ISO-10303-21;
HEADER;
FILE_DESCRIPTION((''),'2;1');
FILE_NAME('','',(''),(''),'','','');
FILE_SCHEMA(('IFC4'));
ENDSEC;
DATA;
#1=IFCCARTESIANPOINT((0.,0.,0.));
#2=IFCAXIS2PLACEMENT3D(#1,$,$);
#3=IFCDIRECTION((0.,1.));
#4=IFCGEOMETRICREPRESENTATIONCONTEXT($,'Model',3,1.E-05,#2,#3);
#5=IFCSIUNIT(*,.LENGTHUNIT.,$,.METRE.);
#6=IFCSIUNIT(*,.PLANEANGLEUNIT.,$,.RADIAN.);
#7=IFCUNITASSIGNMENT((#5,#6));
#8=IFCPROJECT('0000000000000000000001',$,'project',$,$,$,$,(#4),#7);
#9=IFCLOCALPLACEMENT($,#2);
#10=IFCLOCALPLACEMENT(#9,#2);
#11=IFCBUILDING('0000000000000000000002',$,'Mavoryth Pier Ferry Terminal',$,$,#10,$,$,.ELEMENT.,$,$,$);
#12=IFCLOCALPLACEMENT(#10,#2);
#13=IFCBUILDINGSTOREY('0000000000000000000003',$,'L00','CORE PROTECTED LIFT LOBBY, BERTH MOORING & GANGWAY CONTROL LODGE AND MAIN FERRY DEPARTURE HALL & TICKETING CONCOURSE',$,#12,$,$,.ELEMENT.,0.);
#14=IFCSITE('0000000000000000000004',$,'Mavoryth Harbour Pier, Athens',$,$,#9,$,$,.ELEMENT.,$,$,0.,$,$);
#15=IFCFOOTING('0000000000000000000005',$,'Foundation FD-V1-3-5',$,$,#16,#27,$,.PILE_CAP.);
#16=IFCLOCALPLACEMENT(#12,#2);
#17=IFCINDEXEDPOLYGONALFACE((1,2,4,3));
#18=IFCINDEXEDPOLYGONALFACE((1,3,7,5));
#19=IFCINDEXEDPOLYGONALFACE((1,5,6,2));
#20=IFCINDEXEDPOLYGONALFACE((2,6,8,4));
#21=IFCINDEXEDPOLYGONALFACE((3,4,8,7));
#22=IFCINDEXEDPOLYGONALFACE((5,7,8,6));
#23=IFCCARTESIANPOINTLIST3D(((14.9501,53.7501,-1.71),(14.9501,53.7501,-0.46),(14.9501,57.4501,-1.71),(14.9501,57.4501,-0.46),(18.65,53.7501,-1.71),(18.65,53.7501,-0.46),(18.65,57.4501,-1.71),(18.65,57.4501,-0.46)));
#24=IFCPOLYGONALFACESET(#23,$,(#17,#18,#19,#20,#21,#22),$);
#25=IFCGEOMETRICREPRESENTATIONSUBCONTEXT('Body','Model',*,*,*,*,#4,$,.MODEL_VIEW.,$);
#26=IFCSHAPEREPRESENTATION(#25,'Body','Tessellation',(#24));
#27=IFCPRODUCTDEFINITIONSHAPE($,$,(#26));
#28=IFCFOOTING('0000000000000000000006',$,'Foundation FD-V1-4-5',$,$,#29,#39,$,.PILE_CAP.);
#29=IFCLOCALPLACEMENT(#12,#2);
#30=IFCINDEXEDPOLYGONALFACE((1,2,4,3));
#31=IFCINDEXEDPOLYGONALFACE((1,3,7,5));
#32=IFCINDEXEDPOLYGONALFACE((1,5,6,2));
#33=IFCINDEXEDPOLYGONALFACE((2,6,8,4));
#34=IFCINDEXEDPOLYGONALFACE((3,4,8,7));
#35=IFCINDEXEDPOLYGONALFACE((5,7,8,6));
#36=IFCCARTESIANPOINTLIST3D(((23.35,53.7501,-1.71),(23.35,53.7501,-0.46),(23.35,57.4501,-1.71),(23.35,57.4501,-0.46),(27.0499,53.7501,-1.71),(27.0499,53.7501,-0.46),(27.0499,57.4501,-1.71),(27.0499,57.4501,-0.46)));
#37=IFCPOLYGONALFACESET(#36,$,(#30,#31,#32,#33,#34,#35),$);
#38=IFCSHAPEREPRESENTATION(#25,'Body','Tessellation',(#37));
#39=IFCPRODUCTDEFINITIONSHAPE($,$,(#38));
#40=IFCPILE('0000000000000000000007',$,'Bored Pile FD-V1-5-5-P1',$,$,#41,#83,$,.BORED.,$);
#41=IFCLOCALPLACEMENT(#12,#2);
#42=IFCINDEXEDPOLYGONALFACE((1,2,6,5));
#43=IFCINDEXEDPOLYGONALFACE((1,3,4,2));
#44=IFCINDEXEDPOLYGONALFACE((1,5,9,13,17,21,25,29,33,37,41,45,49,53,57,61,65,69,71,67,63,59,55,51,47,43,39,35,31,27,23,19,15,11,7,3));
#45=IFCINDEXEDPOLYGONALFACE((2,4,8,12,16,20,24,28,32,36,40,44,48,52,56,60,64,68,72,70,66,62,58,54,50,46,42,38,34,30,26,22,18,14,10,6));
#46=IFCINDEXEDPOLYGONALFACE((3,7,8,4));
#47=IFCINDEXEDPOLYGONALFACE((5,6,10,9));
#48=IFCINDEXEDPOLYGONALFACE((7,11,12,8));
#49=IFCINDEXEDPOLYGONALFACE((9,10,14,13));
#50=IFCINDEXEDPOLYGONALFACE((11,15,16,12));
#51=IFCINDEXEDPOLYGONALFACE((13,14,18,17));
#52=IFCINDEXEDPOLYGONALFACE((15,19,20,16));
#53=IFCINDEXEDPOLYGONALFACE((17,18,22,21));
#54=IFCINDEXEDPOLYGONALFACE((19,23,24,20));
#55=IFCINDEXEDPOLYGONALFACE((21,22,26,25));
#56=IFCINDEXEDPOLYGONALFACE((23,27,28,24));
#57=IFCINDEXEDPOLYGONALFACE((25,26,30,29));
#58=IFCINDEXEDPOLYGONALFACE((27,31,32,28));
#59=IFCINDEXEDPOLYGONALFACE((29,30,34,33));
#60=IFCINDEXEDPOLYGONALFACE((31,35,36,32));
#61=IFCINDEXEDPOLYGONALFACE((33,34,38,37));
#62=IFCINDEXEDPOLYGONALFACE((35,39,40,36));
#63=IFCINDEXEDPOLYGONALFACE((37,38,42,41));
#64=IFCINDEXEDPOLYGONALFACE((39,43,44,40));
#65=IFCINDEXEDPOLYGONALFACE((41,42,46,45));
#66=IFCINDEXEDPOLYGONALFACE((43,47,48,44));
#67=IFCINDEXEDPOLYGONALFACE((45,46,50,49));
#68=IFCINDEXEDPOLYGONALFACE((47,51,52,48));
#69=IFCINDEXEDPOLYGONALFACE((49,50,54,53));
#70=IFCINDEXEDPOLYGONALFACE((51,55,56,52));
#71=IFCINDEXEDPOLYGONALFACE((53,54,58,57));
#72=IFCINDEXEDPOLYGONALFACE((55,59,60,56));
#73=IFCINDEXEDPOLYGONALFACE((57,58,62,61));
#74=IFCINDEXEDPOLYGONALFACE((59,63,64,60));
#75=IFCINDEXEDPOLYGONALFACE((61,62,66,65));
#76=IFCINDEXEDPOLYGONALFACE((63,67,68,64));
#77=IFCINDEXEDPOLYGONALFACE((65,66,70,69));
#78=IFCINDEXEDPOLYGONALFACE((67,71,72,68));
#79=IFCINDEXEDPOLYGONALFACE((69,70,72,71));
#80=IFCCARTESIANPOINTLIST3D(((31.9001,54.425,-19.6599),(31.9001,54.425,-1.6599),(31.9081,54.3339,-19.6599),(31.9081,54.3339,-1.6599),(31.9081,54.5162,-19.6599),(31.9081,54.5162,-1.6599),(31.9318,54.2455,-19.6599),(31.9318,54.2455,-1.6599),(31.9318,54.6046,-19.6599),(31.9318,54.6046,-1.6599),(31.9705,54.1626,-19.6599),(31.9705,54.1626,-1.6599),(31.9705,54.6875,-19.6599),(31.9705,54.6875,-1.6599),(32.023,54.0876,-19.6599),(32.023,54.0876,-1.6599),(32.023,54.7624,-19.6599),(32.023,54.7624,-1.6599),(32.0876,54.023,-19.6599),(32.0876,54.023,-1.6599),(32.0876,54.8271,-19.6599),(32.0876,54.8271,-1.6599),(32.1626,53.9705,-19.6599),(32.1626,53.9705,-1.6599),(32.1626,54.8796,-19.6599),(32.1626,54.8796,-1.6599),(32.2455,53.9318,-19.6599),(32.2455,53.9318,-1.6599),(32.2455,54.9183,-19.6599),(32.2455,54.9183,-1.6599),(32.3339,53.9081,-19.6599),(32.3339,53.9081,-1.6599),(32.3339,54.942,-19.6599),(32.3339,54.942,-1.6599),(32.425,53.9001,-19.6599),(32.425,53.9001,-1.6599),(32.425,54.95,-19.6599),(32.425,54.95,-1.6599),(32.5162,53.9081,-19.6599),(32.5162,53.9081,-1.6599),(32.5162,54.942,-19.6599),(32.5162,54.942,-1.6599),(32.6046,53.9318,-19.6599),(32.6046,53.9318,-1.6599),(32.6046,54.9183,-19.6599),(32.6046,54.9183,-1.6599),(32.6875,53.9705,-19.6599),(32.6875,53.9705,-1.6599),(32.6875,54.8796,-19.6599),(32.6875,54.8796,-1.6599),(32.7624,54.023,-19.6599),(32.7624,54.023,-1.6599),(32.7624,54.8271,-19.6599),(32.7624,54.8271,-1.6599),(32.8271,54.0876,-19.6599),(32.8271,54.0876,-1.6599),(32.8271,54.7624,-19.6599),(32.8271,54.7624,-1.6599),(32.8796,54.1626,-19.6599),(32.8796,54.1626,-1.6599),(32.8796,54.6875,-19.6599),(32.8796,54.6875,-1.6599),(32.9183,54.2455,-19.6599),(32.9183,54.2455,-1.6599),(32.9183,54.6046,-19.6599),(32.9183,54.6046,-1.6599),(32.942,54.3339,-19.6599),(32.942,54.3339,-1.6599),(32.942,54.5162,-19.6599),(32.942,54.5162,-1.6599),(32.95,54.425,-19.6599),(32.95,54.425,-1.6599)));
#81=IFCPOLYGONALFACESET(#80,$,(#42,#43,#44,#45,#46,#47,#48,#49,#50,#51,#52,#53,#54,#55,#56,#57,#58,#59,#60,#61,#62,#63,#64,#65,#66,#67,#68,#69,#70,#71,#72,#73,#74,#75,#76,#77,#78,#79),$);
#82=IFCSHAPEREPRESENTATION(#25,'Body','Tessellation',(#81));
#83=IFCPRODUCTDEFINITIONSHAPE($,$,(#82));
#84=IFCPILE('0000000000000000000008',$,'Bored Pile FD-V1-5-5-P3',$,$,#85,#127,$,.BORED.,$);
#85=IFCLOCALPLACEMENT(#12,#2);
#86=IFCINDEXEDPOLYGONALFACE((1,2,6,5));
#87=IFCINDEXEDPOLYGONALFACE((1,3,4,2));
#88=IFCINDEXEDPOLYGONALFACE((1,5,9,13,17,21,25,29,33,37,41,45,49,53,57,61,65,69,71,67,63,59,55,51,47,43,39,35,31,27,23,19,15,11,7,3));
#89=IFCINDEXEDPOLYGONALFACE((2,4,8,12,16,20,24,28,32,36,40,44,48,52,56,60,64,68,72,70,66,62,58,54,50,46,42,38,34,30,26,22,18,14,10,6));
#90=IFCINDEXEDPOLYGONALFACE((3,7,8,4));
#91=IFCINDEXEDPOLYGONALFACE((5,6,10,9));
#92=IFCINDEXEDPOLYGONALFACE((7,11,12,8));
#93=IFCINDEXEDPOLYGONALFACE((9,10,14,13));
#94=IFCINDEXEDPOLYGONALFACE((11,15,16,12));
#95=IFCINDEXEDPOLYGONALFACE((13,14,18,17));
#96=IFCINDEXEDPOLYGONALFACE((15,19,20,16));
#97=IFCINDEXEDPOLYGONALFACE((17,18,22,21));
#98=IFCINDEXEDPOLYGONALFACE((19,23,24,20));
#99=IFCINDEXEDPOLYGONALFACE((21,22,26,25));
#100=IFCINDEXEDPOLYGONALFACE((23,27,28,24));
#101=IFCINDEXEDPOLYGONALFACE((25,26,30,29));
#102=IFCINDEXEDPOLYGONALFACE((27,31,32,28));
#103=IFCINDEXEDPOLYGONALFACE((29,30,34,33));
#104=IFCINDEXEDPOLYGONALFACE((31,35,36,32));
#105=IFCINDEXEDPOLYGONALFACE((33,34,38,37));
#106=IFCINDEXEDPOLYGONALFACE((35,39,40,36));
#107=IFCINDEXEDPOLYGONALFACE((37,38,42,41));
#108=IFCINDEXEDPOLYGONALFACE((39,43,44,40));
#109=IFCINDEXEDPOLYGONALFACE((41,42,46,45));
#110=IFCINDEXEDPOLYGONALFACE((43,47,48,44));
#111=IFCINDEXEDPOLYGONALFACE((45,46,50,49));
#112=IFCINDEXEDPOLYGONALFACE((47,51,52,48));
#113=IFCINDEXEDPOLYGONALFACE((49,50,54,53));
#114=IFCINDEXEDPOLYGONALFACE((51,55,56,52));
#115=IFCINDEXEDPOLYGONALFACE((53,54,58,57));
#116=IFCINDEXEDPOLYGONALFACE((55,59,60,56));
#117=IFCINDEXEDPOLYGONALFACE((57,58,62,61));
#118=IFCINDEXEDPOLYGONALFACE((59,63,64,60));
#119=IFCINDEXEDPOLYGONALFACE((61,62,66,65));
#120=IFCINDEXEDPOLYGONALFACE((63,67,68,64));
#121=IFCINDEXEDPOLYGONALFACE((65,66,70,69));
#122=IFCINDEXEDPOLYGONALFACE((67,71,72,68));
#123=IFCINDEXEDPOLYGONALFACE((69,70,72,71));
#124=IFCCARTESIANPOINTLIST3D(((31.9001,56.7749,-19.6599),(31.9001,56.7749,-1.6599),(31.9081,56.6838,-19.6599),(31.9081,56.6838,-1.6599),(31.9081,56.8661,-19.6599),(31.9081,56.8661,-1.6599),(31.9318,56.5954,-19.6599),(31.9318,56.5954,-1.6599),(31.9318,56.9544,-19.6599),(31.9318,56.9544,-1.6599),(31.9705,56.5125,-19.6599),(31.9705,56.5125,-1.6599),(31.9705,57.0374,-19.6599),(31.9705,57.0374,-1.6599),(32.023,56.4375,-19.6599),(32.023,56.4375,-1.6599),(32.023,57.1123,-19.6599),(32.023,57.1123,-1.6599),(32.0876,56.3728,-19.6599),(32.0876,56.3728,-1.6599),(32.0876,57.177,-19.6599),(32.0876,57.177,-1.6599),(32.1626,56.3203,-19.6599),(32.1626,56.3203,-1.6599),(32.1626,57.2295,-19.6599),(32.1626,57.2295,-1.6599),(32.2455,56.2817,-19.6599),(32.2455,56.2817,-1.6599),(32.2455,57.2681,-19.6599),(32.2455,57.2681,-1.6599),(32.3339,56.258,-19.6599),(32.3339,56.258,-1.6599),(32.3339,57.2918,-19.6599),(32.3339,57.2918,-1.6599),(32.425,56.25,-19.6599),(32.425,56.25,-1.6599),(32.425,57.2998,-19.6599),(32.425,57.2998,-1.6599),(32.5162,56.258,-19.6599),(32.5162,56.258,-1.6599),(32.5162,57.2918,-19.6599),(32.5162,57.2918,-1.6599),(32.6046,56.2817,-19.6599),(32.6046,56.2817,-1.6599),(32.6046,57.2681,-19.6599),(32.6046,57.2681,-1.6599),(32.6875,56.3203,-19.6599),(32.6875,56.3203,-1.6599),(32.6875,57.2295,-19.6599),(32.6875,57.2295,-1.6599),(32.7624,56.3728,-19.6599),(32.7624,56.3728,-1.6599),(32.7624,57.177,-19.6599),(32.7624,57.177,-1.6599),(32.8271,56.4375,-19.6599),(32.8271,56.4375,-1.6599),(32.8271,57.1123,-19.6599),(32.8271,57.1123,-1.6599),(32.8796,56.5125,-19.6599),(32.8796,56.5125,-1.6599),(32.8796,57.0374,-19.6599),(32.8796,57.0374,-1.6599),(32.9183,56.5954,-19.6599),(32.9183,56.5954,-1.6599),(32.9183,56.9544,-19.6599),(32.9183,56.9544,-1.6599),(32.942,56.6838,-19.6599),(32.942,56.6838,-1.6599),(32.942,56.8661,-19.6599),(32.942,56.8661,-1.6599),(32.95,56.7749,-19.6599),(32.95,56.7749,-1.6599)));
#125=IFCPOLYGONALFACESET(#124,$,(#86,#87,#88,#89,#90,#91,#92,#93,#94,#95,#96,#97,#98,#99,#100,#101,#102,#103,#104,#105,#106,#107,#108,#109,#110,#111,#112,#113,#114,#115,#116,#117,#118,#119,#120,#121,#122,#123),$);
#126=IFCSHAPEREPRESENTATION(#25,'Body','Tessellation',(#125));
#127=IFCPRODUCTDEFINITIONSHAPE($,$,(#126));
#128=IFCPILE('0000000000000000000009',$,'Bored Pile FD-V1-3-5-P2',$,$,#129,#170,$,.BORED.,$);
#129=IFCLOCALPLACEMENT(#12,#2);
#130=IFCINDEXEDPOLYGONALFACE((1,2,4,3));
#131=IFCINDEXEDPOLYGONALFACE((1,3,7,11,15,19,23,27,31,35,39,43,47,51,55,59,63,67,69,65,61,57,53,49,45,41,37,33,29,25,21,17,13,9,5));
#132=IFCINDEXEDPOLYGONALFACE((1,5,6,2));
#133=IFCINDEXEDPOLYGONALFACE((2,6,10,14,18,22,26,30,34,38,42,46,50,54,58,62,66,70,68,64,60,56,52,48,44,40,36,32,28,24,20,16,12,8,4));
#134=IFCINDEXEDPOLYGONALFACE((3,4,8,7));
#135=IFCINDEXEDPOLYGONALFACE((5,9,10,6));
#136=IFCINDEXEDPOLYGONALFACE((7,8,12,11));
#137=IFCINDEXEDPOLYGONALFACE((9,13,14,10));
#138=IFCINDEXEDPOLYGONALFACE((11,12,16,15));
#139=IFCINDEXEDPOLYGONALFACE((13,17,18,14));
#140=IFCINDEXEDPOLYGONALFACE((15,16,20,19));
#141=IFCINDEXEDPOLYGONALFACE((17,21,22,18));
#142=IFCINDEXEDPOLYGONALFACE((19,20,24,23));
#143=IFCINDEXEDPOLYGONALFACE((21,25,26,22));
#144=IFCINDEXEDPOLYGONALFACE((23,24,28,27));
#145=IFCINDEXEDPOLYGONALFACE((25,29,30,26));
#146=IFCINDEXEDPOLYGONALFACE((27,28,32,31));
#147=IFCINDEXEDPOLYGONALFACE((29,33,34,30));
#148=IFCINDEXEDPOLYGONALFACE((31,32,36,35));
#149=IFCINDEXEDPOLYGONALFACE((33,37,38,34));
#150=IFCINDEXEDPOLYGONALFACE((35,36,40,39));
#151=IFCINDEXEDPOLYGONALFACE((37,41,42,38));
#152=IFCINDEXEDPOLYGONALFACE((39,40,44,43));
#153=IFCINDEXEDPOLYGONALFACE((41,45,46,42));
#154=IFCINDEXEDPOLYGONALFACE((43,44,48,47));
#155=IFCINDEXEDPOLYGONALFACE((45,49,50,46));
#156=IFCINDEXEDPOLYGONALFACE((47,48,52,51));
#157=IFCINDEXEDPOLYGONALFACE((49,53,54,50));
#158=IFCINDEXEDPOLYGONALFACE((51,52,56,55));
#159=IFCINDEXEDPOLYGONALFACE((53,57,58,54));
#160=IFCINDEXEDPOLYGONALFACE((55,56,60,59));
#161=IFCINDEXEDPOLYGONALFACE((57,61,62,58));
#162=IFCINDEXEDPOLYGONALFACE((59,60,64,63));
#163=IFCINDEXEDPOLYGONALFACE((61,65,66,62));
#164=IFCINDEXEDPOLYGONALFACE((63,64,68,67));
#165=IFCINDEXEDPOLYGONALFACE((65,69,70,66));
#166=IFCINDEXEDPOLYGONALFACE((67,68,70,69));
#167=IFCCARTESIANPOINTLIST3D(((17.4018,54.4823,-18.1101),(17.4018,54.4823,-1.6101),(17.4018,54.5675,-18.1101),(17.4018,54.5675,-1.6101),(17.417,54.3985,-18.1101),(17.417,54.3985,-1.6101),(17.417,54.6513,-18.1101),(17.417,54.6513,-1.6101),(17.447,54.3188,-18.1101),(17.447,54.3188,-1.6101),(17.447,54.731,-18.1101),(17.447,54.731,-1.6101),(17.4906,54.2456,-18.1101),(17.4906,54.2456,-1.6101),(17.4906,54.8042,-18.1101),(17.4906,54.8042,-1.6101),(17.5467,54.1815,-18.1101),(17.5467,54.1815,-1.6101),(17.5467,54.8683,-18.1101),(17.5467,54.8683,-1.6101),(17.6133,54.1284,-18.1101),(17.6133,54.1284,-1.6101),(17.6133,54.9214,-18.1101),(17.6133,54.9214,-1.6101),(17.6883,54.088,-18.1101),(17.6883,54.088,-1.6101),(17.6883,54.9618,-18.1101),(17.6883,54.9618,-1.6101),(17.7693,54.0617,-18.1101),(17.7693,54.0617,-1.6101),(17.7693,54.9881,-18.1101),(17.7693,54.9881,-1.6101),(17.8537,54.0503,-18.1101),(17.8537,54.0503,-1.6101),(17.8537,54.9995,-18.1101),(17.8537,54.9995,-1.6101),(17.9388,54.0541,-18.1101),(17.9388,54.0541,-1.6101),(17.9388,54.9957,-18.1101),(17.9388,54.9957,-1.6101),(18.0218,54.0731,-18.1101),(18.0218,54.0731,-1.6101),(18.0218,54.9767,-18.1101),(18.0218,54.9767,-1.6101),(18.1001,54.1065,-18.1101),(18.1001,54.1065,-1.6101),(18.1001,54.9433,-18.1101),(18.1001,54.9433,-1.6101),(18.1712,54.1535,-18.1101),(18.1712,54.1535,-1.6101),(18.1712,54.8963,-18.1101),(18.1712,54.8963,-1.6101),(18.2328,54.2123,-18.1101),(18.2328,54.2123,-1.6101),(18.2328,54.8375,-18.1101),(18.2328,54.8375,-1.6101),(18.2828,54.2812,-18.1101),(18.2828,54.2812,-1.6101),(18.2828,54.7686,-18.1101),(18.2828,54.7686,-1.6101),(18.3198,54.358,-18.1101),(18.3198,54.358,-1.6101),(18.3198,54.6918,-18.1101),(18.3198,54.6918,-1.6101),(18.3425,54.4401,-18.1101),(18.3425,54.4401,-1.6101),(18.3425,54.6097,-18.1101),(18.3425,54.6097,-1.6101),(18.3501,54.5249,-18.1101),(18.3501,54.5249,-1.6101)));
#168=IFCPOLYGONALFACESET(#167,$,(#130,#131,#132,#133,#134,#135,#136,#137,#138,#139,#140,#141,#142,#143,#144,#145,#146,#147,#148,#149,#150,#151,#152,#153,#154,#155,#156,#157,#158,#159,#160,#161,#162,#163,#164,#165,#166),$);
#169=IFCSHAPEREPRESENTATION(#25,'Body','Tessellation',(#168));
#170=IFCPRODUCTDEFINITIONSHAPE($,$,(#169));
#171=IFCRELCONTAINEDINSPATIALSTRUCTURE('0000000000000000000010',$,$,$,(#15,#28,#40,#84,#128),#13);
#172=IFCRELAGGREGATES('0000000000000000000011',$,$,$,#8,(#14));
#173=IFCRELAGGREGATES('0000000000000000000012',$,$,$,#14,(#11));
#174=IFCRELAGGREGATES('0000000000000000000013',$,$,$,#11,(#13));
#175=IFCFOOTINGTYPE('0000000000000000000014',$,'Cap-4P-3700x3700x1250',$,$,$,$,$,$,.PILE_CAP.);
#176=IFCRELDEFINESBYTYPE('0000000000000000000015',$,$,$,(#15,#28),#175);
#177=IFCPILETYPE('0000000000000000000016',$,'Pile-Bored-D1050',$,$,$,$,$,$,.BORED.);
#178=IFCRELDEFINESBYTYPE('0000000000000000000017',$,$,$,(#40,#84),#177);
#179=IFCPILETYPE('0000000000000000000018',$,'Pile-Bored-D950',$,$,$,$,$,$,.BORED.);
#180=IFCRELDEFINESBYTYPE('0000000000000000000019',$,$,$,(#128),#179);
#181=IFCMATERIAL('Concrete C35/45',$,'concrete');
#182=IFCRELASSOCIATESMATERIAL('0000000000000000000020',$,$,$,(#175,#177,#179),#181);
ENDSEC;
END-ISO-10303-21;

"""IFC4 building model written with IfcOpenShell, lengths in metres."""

from ifc_helpers import new_model, si_unit, direction, frame, origin, origin_2d, place, context, subcontext, project, spatial, rectangle, circle, extrude, material, material_profile, profile_set, type_object, element, save


model = new_model("IFC4")

# Units and contexts
model_context = context("Model", 3, precision=1e-05, world=origin(), true_north=direction((0.0, 1.0)))
body_context = subcontext(model_context, "Body", "Model", "MODEL_VIEW")
ifc_project = project(units=[si_unit("LENGTHUNIT", "METRE"), si_unit("PLANEANGLEUNIT", "RADIAN")], contexts=[model_context])

# Site, building, storey
site_placement = place(None, origin())
site = spatial("IfcSite", under=ifc_project, at=site_placement, Name="Mavoryth Harbour Pier, Athens", CompositionType="ELEMENT", RefElevation=0.0)
building_placement = place(site_placement, origin())
building = spatial("IfcBuilding", under=site, at=building_placement, Name="Mavoryth Pier Ferry Terminal", CompositionType="ELEMENT")
storey_placement = place(building_placement, origin())
storey = spatial("IfcBuildingStorey", under=building, at=storey_placement, Name="L00", Description="CORE PROTECTED LIFT LOBBY, BERTH MOORING & GANGWAY CONTROL LODGE AND MAIN FERRY DEPARTURE HALL & TICKETING CONCOURSE", CompositionType="ELEMENT", Elevation=0.0)

# Footings
ifc_material_1 = material(Name="Concrete C35/45", Category="concrete")
footing_type_1 = type_object("IfcFootingType", Name="Cap-4P-3700x3700x1250", PredefinedType="PILE_CAP", material=ifc_material_1)
for number, where, z_axis, x_axis, name in (
    (1, (16.8, 55.6001, -1.71), (0.0, 0.0, 1.0), (1.0, 0.0, 0.0), "Foundation FD-V1-3-5"),
    (2, (25.2, 55.6001, -1.71), (0.0, 0.0, 1.0), (1.0, 0.0, 0.0), "Foundation FD-V1-4-5"),
):
    element("IfcFooting", number, at=place(storey_placement, frame(where, z_axis=z_axis, x_axis=x_axis)), inside=storey, type_object=footing_type_1, Name=name, PredefinedType="PILE_CAP", context=body_context, shape_type="SweptSolid", body=[
        extrude(rectangle(XDim=3.7, YDim=3.7, at=origin_2d()), origin(), (0.0, 0.0, 1.0), 1.25),
    ])

# Piles
ifc_material_profile_1 = material_profile(ifc_material_1, circle(Radius=0.5249, at=origin_2d()), Name="PILE D1050", Category="concrete")
ifc_profile_set_1 = profile_set([ifc_material_profile_1], Name="Concrete C35/45 - PILE D1050")
pile_type_1 = type_object("IfcPileType", Name="Pile-Bored-D1050", PredefinedType="BORED", material=ifc_profile_set_1)
for number, where, z_axis, x_axis, name in (
    (3, (32.425, 54.425, -1.6599), (0.0, 0.0, -1.0), (1.0, 0.0, 0.0), "Bored Pile FD-V1-5-5-P1"),
    (4, (32.425, 56.7749, -1.6599), (0.0, 0.0, -1.0), (1.0, 0.0, 0.0), "Bored Pile FD-V1-5-5-P3"),
):
    element("IfcPile", number, at=place(storey_placement, frame(where, z_axis=z_axis, x_axis=x_axis)), inside=storey, type_object=pile_type_1, Name=name, PredefinedType="BORED", context=body_context, shape_type="SweptSolid", body=[
        extrude(circle(Radius=0.5249, at=origin_2d()), origin(), (0.0, 0.0, 1.0), 18.0),
    ])
ifc_material_profile_2 = material_profile(ifc_material_1, circle(Radius=0.4751, at=origin_2d()), Name="PILE D950", Category="concrete")
ifc_profile_set_2 = profile_set([ifc_material_profile_2], Name="Concrete C35/45 - PILE D950")
pile_type_2 = type_object("IfcPileType", Name="Pile-Bored-D950", PredefinedType="BORED", material=ifc_profile_set_2)
for number, where, z_axis, x_axis, name in (
    (5, (17.875, 54.5249, -1.6101), (0.0, 0.0, -1.0), (1.0, 0.0, 0.0), "Bored Pile FD-V1-3-5-P2"),
):
    element("IfcPile", number, at=place(storey_placement, frame(where, z_axis=z_axis, x_axis=x_axis)), inside=storey, type_object=pile_type_2, Name=name, PredefinedType="BORED", context=body_context, shape_type="SweptSolid", body=[
        extrude(circle(Radius=0.4751, at=origin_2d()), origin(), (0.0, 0.0, 1.0), 16.5),
    ])

save(model, "model.ifc")
